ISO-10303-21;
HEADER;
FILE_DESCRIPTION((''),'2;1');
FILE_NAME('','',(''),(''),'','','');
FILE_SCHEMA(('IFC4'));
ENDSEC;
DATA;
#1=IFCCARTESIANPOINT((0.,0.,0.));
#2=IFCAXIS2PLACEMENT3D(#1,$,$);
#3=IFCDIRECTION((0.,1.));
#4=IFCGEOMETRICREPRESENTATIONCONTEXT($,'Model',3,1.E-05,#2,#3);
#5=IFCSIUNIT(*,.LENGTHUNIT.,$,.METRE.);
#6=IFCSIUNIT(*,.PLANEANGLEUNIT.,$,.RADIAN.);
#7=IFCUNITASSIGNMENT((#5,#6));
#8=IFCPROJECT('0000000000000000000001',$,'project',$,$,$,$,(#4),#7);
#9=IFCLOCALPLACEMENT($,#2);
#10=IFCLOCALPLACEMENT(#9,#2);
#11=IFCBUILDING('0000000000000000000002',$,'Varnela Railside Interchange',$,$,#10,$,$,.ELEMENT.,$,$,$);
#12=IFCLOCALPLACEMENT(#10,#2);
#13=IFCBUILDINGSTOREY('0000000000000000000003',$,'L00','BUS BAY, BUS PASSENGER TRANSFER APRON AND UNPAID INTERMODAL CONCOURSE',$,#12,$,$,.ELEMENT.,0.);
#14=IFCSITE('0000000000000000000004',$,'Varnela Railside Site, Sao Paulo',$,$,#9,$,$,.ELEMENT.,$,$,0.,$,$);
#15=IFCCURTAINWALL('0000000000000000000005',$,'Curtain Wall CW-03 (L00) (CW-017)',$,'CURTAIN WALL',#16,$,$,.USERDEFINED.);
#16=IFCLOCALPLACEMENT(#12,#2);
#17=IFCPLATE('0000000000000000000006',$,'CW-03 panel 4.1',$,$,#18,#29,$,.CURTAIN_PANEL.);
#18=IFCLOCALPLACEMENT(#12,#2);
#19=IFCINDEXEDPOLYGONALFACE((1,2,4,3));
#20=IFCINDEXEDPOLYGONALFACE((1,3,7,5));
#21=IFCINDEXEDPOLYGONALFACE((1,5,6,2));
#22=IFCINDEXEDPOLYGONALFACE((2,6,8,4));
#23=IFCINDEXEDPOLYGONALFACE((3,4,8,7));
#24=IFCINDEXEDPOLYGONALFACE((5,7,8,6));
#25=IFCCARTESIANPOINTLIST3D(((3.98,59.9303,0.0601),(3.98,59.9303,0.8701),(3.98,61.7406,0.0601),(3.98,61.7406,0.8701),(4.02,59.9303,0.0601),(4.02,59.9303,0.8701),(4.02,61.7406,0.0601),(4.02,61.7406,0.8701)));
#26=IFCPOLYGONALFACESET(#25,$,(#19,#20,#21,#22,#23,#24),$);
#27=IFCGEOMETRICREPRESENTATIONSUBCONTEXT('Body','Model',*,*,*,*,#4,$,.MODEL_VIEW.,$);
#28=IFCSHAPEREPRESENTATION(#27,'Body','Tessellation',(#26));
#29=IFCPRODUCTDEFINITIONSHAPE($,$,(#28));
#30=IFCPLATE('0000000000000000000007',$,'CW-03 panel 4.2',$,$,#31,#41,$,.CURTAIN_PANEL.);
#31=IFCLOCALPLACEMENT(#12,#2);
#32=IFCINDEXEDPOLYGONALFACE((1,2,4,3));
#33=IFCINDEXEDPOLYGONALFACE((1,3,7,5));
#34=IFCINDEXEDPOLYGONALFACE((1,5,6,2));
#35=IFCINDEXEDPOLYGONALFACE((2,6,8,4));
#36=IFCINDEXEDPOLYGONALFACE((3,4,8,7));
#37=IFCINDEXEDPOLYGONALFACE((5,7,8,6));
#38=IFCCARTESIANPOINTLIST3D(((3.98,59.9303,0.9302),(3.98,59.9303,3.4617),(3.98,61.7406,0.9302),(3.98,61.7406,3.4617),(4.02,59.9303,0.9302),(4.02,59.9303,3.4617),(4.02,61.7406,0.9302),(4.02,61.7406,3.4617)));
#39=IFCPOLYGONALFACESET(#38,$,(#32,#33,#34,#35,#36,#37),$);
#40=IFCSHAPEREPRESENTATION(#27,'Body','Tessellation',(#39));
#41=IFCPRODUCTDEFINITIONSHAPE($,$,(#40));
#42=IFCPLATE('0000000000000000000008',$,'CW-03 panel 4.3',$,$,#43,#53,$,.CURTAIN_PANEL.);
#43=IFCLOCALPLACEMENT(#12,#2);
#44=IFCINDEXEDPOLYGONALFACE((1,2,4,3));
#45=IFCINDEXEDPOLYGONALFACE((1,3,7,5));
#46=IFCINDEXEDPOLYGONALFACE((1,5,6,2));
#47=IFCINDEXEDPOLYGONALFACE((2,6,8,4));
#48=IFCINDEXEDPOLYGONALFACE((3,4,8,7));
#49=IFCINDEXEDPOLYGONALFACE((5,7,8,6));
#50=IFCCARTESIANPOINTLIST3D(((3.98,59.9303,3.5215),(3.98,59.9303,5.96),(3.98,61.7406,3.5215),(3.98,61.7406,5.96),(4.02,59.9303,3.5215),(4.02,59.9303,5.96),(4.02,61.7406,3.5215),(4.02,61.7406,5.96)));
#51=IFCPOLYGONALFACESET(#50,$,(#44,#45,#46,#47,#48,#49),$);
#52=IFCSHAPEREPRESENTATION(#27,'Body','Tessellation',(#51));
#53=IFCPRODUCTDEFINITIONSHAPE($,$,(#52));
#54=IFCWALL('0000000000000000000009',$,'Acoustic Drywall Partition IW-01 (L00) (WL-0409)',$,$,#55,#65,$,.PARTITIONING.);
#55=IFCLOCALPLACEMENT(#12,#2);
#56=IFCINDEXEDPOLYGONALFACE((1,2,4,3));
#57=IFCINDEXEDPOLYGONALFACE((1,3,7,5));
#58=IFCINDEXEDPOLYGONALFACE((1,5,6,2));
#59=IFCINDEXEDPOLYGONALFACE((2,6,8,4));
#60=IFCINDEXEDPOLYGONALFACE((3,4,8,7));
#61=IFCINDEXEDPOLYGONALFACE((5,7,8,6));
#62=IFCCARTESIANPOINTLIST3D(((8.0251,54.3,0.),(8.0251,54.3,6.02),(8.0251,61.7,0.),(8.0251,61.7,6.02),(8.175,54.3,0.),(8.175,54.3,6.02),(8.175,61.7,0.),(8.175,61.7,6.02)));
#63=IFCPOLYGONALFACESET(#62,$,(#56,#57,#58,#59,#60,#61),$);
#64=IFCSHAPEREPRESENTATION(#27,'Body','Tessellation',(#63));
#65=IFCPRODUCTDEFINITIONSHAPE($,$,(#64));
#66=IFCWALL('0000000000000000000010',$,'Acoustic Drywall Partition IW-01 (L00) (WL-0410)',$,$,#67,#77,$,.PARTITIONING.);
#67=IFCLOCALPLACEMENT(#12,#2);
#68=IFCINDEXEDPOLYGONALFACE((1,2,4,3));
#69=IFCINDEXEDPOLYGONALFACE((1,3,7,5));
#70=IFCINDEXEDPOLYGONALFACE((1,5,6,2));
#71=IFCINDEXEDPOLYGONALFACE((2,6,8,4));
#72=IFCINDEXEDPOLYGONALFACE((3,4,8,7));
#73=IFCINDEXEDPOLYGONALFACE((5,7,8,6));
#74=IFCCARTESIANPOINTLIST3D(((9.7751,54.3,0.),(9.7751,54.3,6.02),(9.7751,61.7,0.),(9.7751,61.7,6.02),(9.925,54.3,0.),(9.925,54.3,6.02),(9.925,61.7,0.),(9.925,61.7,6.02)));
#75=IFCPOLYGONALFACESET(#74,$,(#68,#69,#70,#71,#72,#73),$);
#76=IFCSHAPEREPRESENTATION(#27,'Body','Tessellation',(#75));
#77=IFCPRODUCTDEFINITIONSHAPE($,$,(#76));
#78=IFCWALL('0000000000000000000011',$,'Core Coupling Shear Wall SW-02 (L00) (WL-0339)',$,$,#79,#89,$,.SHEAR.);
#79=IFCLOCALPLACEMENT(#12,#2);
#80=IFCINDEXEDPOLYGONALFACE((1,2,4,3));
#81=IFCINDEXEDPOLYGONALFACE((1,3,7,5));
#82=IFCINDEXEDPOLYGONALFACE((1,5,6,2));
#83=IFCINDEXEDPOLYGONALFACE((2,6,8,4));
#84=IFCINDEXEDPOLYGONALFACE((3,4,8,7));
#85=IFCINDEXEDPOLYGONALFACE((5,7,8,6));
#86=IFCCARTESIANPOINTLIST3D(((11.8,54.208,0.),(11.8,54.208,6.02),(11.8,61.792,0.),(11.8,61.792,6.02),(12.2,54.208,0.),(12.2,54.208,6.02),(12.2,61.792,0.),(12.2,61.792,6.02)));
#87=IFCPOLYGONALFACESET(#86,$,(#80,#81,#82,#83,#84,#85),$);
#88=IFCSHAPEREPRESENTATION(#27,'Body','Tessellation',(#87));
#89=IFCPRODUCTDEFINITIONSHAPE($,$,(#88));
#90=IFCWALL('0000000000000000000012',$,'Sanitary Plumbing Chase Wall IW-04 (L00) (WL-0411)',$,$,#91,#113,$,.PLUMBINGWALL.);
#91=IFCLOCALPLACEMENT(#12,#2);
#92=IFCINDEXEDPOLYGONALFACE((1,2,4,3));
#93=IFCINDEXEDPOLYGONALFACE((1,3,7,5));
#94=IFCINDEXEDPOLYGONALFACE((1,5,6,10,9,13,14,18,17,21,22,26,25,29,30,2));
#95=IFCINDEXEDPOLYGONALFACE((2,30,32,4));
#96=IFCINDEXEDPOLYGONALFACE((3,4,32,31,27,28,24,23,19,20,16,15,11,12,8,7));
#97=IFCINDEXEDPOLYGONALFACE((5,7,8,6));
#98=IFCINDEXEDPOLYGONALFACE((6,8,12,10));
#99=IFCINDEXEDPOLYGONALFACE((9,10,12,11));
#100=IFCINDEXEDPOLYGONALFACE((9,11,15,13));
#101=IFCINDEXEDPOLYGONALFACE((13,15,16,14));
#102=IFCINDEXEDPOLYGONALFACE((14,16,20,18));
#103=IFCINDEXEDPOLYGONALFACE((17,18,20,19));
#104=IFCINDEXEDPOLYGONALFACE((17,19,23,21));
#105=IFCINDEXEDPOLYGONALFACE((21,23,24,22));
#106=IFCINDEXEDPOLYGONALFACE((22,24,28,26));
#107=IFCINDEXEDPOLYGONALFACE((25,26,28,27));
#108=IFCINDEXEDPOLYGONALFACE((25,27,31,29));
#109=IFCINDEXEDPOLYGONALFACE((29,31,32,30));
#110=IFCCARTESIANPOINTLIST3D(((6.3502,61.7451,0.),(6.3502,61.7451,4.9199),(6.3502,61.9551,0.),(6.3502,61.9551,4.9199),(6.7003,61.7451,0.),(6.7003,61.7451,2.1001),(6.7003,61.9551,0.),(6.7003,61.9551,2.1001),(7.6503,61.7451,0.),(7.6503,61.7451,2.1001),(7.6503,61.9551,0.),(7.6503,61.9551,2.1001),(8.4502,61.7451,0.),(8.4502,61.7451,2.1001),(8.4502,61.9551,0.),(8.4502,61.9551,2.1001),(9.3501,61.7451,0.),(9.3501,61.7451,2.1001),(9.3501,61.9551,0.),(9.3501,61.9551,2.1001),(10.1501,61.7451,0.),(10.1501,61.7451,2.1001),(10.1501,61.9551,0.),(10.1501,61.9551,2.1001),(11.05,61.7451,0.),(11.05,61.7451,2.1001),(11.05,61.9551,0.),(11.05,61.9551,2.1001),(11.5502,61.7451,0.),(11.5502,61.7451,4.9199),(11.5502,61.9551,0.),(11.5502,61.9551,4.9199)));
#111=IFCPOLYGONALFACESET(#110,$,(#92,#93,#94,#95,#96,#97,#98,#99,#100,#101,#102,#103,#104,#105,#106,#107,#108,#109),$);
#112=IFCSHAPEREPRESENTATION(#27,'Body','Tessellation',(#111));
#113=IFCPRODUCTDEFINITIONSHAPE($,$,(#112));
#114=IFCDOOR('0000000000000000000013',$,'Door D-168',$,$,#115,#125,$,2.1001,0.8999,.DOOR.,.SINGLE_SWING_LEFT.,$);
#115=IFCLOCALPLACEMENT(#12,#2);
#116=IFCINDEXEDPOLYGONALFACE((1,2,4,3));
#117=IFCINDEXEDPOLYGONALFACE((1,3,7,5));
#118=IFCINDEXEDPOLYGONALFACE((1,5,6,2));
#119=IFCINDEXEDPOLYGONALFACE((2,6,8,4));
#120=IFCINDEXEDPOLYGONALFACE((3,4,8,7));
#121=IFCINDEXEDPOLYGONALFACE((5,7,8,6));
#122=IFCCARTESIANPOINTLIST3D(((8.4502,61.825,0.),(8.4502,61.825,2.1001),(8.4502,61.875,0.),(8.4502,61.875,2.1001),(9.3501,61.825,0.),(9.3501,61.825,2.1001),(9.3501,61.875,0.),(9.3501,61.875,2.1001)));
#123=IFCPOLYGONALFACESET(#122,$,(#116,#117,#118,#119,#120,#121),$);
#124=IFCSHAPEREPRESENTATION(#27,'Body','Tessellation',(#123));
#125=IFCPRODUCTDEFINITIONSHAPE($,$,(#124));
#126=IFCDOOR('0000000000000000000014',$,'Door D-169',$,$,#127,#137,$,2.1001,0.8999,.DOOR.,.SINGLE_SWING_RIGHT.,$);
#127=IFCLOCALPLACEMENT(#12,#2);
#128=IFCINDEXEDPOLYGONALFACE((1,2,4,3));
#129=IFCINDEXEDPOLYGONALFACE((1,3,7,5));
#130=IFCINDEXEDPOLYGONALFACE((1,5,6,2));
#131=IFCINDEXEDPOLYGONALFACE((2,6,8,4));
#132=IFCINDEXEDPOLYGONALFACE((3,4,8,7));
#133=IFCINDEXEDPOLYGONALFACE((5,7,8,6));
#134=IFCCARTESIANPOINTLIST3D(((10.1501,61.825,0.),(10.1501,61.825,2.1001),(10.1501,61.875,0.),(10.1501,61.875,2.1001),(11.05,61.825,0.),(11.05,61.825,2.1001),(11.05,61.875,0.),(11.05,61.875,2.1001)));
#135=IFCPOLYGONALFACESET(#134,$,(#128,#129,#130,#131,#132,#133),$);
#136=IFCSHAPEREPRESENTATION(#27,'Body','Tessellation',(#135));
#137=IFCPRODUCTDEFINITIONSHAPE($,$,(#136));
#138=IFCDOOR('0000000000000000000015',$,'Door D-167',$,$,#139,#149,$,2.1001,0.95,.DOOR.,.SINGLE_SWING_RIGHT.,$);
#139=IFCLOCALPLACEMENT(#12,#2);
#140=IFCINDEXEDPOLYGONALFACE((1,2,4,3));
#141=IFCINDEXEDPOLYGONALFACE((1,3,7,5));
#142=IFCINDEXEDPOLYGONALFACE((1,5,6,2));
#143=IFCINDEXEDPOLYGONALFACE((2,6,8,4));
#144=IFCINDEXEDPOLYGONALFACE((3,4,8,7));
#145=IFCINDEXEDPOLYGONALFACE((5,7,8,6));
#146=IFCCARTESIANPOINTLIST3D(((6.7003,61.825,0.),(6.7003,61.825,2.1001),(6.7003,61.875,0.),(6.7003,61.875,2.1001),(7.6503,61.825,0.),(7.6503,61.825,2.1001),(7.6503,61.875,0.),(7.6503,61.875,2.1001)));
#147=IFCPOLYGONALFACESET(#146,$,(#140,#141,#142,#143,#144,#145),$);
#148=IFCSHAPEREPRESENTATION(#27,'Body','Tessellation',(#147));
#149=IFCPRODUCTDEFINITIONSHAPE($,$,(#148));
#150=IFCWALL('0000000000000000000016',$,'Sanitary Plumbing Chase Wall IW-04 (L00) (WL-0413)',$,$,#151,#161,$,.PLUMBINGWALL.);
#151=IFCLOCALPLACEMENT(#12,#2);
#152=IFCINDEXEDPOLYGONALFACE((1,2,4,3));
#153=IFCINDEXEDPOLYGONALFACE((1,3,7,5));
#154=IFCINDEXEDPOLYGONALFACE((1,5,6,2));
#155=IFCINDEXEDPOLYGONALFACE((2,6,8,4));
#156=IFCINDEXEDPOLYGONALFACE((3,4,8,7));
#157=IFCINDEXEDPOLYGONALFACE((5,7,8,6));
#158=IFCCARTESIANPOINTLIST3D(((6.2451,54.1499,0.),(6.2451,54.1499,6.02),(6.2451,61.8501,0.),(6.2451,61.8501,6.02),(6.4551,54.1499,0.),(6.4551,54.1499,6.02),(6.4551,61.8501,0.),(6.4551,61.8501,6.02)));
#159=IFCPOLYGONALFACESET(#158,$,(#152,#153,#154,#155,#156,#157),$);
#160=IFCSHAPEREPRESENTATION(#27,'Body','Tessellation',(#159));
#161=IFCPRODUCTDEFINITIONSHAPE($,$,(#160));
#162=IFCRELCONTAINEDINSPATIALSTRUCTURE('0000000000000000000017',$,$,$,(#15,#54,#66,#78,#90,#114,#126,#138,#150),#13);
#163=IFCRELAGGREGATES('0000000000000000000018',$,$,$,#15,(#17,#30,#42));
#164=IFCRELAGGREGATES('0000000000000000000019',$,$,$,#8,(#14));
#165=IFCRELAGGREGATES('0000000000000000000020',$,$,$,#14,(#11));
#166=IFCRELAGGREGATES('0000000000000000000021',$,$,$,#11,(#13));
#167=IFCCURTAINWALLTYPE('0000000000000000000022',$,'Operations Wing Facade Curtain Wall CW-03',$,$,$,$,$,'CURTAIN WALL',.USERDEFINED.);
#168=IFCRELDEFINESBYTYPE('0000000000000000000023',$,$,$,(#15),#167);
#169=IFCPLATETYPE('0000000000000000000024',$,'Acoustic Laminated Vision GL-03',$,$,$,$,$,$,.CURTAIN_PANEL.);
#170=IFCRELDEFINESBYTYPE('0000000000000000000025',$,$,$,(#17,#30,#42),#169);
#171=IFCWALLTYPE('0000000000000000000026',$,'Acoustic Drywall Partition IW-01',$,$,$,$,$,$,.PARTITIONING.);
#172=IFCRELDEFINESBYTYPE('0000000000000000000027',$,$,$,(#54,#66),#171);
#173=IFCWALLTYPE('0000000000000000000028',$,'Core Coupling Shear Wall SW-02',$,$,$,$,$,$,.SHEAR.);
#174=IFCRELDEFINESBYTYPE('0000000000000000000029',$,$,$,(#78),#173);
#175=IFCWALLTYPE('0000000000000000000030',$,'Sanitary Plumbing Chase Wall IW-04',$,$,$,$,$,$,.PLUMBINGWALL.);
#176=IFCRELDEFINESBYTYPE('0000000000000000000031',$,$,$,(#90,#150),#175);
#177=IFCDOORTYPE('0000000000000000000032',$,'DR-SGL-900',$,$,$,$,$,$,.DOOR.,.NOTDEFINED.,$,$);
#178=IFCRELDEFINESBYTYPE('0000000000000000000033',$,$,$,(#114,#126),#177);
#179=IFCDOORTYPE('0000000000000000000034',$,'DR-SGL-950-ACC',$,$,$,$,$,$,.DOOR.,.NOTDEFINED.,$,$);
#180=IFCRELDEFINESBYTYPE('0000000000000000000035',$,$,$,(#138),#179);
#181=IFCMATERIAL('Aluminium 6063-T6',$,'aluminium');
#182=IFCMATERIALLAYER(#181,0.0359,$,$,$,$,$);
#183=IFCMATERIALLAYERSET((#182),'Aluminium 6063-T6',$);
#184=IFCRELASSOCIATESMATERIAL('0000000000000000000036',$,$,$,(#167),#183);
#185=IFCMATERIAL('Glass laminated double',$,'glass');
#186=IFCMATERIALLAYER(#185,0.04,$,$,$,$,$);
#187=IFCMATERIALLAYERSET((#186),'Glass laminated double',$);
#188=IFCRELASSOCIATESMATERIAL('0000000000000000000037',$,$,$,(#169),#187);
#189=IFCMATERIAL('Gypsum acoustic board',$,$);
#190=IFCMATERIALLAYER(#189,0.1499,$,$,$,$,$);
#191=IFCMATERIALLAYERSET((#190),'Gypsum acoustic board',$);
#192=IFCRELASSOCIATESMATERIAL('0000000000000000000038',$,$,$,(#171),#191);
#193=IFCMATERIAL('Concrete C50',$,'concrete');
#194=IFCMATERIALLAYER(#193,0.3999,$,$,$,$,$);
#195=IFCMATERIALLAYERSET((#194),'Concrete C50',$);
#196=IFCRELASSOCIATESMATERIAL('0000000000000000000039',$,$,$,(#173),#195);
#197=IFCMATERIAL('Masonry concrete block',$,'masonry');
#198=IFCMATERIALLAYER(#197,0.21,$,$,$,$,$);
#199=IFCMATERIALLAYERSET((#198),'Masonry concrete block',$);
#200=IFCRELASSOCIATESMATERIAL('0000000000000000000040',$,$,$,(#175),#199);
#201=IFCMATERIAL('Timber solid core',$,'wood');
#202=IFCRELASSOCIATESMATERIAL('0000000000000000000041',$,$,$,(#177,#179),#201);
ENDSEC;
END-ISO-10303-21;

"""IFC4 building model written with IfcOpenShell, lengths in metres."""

from ifc_helpers import new_model, si_unit, direction, frame, frame_2d, origin, origin_2d, place, context, subcontext, project, spatial, rectangle, extrude, material, layer, layer_set, type_object, element, fill, aggregate, save


model = new_model("IFC4")

# Units and contexts
model_context = context("Model", 3, precision=1e-05, world=origin(), true_north=direction((0.0, 1.0)))
body_context = subcontext(model_context, "Body", "Model", "MODEL_VIEW")
ifc_project = project(units=[si_unit("LENGTHUNIT", "METRE"), si_unit("PLANEANGLEUNIT", "RADIAN")], contexts=[model_context])

# Site, building, storey
site_placement = place(None, origin())
site = spatial("IfcSite", under=ifc_project, at=site_placement, Name="Varnela Railside Site, Sao Paulo", CompositionType="ELEMENT", RefElevation=0.0)
building_placement = place(site_placement, origin())
building = spatial("IfcBuilding", under=site, at=building_placement, Name="Varnela Railside Interchange", CompositionType="ELEMENT")
storey_placement = place(building_placement, origin())
storey = spatial("IfcBuildingStorey", under=building, at=storey_placement, Name="L00", Description="BUS BAY, BUS PASSENGER TRANSFER APRON AND UNPAID INTERMODAL CONCOURSE", CompositionType="ELEMENT", Elevation=0.0)

# Shared definitions
ifc_material_1 = material(Name="Concrete C50", Category="concrete")

# Curtain wall, plates
ifc_material_2 = material(Name="Aluminium 6063-T6", Category="aluminium")
ifc_layer_1 = layer(ifc_material_2, 0.0359)
ifc_layer_set_1 = layer_set([ifc_layer_1], Name="Aluminium 6063-T6")
curtain_wall_type = type_object("IfcCurtainWallType", Name="Operations Wing Facade Curtain Wall CW-03", ElementType="CURTAIN WALL", PredefinedType="USERDEFINED", material=ifc_layer_set_1)
curtain_wall_placement = place(storey_placement, origin())
curtain_wall = element("IfcCurtainWall", 1, at=curtain_wall_placement, inside=storey, type_object=curtain_wall_type, Name="Curtain Wall CW-03 (L00) (CW-017)", ObjectType="CURTAIN WALL", PredefinedType="USERDEFINED")
ifc_material_3 = material(Name="Glass laminated double", Category="glass")
ifc_layer_2 = layer(ifc_material_3, 0.04)
ifc_layer_set_2 = layer_set([ifc_layer_2], Name="Glass laminated double")
plate_type = type_object("IfcPlateType", Name="Acoustic Laminated Vision GL-03", PredefinedType="CURTAIN_PANEL", material=ifc_layer_set_2)
plate_1_placement = place(storey_placement, frame((4.0, 60.8354, 0.0601), z_axis=(0.0, 0.0, 1.0), x_axis=(0.0, 1.0, 0.0)))
plate_1 = element("IfcPlate", 2, at=plate_1_placement, type_object=plate_type, Name="CW-03 panel 4.1", PredefinedType="CURTAIN_PANEL", context=body_context, shape_type="SweptSolid", body=[
    extrude(rectangle(XDim=1.8103, YDim=0.04, at=origin_2d()), origin(), (0.0, 0.0, 1.0), 0.8101),
])
plate_2_placement = place(storey_placement, frame((4.0, 60.8354, 0.9302), z_axis=(0.0, 0.0, 1.0), x_axis=(0.0, 1.0, 0.0)))
plate_2 = element("IfcPlate", 3, at=plate_2_placement, type_object=plate_type, Name="CW-03 panel 4.2", PredefinedType="CURTAIN_PANEL", context=body_context, shape_type="SweptSolid", body=[
    extrude(rectangle(XDim=1.8103, YDim=0.04, at=origin_2d()), origin(), (0.0, 0.0, 1.0), 2.5315),
])
plate_3_placement = place(storey_placement, frame((4.0, 60.8354, 3.5215), z_axis=(0.0, 0.0, 1.0), x_axis=(0.0, 1.0, 0.0)))
plate_3 = element("IfcPlate", 4, at=plate_3_placement, type_object=plate_type, Name="CW-03 panel 4.3", PredefinedType="CURTAIN_PANEL", context=body_context, shape_type="SweptSolid", body=[
    extrude(rectangle(XDim=1.8103, YDim=0.04, at=origin_2d()), origin(), (0.0, 0.0, 1.0), 2.4385),
])
aggregate(curtain_wall, [plate_1, plate_2, plate_3])

# Walls
ifc_material_4 = material(Name="Gypsum acoustic board")
ifc_layer_3 = layer(ifc_material_4, 0.1499)
ifc_layer_set_3 = layer_set([ifc_layer_3], Name="Gypsum acoustic board")
wall_type_1 = type_object("IfcWallType", Name="Acoustic Drywall Partition IW-01", PredefinedType="PARTITIONING", material=ifc_layer_set_3)
for number, where, z_axis, x_axis, name in (
    (5, (8.1001, 54.3, 0.0), (0.0, 0.0, 1.0), (0.0, 1.0, 0.0), "Acoustic Drywall Partition IW-01 (L00) (WL-0409)"),
    (6, (9.8501, 54.3, 0.0), (0.0, 0.0, 1.0), (0.0, 1.0, 0.0), "Acoustic Drywall Partition IW-01 (L00) (WL-0410)"),
):
    element("IfcWall", number, at=place(storey_placement, frame(where, z_axis=z_axis, x_axis=x_axis)), inside=storey, type_object=wall_type_1, Name=name, PredefinedType="PARTITIONING", context=body_context, shape_type="SweptSolid", body=[
        extrude(rectangle(XDim=7.3999, YDim=0.1499, at=frame_2d((3.7, 0.0))), origin(), (0.0, 0.0, 1.0), 6.02),
    ])
ifc_layer_4 = layer(ifc_material_1, 0.3999)
ifc_layer_set_4 = layer_set([ifc_layer_4], Name="Concrete C50")
wall_type_2 = type_object("IfcWallType", Name="Core Coupling Shear Wall SW-02", PredefinedType="SHEAR", material=ifc_layer_set_4)
wall_1_placement = place(storey_placement, frame((12.0, 54.208, 0.0), z_axis=(0.0, 0.0, 1.0), x_axis=(0.0, 1.0, 0.0)))
element("IfcWall", 7, at=wall_1_placement, inside=storey, type_object=wall_type_2, Name="Core Coupling Shear Wall SW-02 (L00) (WL-0339)", PredefinedType="SHEAR", context=body_context, shape_type="SweptSolid", body=[
    extrude(rectangle(XDim=7.584, YDim=0.3999, at=frame_2d((3.792, 0.0))), origin(), (0.0, 0.0, 1.0), 6.02),
])

# Wall, openings, doors
ifc_material_5 = material(Name="Masonry concrete block", Category="masonry")
ifc_layer_5 = layer(ifc_material_5, 0.21)
ifc_layer_set_5 = layer_set([ifc_layer_5], Name="Masonry concrete block")
wall_type_3 = type_object("IfcWallType", Name="Sanitary Plumbing Chase Wall IW-04", PredefinedType="PLUMBINGWALL", material=ifc_layer_set_5)
wall_2_placement = place(storey_placement, frame((6.3501, 61.8501, 0.0), z_axis=(0.0, 0.0, 1.0), x_axis=(1.0, 0.0, 0.0)))
wall_2 = element("IfcWall", 8, at=wall_2_placement, inside=storey, type_object=wall_type_3, Name="Sanitary Plumbing Chase Wall IW-04 (L00) (WL-0411)", PredefinedType="PLUMBINGWALL", context=body_context, shape_type="SweptSolid", body=[
    extrude(rectangle(XDim=5.2, YDim=0.21, at=frame_2d((2.6001, 0.0))), origin(), (0.0, 0.0, 1.0), 4.9199),
])
opening_1_placement = place(wall_2_placement, frame((0.3501, 0.0, 0.0)))
opening_1 = element("IfcOpeningElement", 9, at=opening_1_placement, cuts=wall_2, PredefinedType="OPENING", context=body_context, shape_type="SweptSolid", body=[
    extrude(rectangle(XDim=0.95, YDim=2.1001, at=frame_2d((0.4751, 1.05))), frame((0.0, 0.115, 0.0), z_axis=(0.0, -1.0, 0.0), x_axis=(1.0, 0.0, 0.0)), (0.0, 0.0, 1.0), 0.23),
])
opening_2_placement = place(wall_2_placement, frame((2.1001, 0.0, 0.0)))
opening_2 = element("IfcOpeningElement", 10, at=opening_2_placement, cuts=wall_2, PredefinedType="OPENING", context=body_context, shape_type="SweptSolid", body=[
    extrude(rectangle(XDim=0.8999, YDim=2.1001, at=frame_2d((0.45, 1.05))), frame((0.0, 0.115, 0.0), z_axis=(0.0, -1.0, 0.0), x_axis=(1.0, 0.0, 0.0)), (0.0, 0.0, 1.0), 0.23),
])
opening_3_placement = place(wall_2_placement, frame((3.8, 0.0, 0.0)))
opening_3 = element("IfcOpeningElement", 11, at=opening_3_placement, cuts=wall_2, PredefinedType="OPENING", context=body_context, shape_type="SweptSolid", body=[
    extrude(rectangle(XDim=0.8999, YDim=2.1001, at=frame_2d((0.45, 1.05))), frame((0.0, 0.115, 0.0), z_axis=(0.0, -1.0, 0.0), x_axis=(1.0, 0.0, 0.0)), (0.0, 0.0, 1.0), 0.23),
])
ifc_material_6 = material(Name="Timber solid core", Category="wood")
door_type_1 = type_object("IfcDoorType", Name="DR-SGL-900", OperationType="NOTDEFINED", PredefinedType="DOOR", material=ifc_material_6)
door_1_placement = place(opening_2_placement, origin())
door_1 = element("IfcDoor", 12, at=door_1_placement, inside=storey, type_object=door_type_1, Name="Door D-168", OperationType="SINGLE_SWING_LEFT", OverallHeight=2.1001, OverallWidth=0.8999, PredefinedType="DOOR", context=body_context, shape_type="SweptSolid", body=[
    extrude(rectangle(XDim=0.8999, YDim=2.1001, at=frame_2d((0.45, 1.05))), frame((0.0, 0.0249, 0.0), z_axis=(0.0, -1.0, 0.0), x_axis=(1.0, 0.0, 0.0)), (0.0, 0.0, 1.0), 0.05),
])
fill(opening_2, door_1)
door_2_placement = place(opening_3_placement, origin())
door_2 = element("IfcDoor", 13, at=door_2_placement, inside=storey, type_object=door_type_1, Name="Door D-169", OperationType="SINGLE_SWING_RIGHT", OverallHeight=2.1001, OverallWidth=0.8999, PredefinedType="DOOR", context=body_context, shape_type="SweptSolid", body=[
    extrude(rectangle(XDim=0.8999, YDim=2.1001, at=frame_2d((0.45, 1.05))), frame((0.0, 0.0249, 0.0), z_axis=(0.0, -1.0, 0.0), x_axis=(1.0, 0.0, 0.0)), (0.0, 0.0, 1.0), 0.05),
])
fill(opening_3, door_2)
door_type_2 = type_object("IfcDoorType", Name="DR-SGL-950-ACC", OperationType="NOTDEFINED", PredefinedType="DOOR", material=ifc_material_6)
door_3_placement = place(opening_1_placement, origin())
door_3 = element("IfcDoor", 14, at=door_3_placement, inside=storey, type_object=door_type_2, Name="Door D-167", OperationType="SINGLE_SWING_RIGHT", OverallHeight=2.1001, OverallWidth=0.95, PredefinedType="DOOR", context=body_context, shape_type="SweptSolid", body=[
    extrude(rectangle(XDim=0.95, YDim=2.1001, at=frame_2d((0.4751, 1.05))), frame((0.0, 0.0249, 0.0), z_axis=(0.0, -1.0, 0.0), x_axis=(1.0, 0.0, 0.0)), (0.0, 0.0, 1.0), 0.05),
])
fill(opening_1, door_3)

# Wall
wall_3_placement = place(storey_placement, frame((6.3501, 54.1499, 0.0), z_axis=(0.0, 0.0, 1.0), x_axis=(0.0, 1.0, 0.0)))
element("IfcWall", 15, at=wall_3_placement, inside=storey, type_object=wall_type_3, Name="Sanitary Plumbing Chase Wall IW-04 (L00) (WL-0413)", PredefinedType="PLUMBINGWALL", context=body_context, shape_type="SweptSolid", body=[
    extrude(rectangle(XDim=7.7002, YDim=0.21, at=frame_2d((3.8501, 0.0))), origin(), (0.0, 0.0, 1.0), 6.02),
])

save(model, "model.ifc")
